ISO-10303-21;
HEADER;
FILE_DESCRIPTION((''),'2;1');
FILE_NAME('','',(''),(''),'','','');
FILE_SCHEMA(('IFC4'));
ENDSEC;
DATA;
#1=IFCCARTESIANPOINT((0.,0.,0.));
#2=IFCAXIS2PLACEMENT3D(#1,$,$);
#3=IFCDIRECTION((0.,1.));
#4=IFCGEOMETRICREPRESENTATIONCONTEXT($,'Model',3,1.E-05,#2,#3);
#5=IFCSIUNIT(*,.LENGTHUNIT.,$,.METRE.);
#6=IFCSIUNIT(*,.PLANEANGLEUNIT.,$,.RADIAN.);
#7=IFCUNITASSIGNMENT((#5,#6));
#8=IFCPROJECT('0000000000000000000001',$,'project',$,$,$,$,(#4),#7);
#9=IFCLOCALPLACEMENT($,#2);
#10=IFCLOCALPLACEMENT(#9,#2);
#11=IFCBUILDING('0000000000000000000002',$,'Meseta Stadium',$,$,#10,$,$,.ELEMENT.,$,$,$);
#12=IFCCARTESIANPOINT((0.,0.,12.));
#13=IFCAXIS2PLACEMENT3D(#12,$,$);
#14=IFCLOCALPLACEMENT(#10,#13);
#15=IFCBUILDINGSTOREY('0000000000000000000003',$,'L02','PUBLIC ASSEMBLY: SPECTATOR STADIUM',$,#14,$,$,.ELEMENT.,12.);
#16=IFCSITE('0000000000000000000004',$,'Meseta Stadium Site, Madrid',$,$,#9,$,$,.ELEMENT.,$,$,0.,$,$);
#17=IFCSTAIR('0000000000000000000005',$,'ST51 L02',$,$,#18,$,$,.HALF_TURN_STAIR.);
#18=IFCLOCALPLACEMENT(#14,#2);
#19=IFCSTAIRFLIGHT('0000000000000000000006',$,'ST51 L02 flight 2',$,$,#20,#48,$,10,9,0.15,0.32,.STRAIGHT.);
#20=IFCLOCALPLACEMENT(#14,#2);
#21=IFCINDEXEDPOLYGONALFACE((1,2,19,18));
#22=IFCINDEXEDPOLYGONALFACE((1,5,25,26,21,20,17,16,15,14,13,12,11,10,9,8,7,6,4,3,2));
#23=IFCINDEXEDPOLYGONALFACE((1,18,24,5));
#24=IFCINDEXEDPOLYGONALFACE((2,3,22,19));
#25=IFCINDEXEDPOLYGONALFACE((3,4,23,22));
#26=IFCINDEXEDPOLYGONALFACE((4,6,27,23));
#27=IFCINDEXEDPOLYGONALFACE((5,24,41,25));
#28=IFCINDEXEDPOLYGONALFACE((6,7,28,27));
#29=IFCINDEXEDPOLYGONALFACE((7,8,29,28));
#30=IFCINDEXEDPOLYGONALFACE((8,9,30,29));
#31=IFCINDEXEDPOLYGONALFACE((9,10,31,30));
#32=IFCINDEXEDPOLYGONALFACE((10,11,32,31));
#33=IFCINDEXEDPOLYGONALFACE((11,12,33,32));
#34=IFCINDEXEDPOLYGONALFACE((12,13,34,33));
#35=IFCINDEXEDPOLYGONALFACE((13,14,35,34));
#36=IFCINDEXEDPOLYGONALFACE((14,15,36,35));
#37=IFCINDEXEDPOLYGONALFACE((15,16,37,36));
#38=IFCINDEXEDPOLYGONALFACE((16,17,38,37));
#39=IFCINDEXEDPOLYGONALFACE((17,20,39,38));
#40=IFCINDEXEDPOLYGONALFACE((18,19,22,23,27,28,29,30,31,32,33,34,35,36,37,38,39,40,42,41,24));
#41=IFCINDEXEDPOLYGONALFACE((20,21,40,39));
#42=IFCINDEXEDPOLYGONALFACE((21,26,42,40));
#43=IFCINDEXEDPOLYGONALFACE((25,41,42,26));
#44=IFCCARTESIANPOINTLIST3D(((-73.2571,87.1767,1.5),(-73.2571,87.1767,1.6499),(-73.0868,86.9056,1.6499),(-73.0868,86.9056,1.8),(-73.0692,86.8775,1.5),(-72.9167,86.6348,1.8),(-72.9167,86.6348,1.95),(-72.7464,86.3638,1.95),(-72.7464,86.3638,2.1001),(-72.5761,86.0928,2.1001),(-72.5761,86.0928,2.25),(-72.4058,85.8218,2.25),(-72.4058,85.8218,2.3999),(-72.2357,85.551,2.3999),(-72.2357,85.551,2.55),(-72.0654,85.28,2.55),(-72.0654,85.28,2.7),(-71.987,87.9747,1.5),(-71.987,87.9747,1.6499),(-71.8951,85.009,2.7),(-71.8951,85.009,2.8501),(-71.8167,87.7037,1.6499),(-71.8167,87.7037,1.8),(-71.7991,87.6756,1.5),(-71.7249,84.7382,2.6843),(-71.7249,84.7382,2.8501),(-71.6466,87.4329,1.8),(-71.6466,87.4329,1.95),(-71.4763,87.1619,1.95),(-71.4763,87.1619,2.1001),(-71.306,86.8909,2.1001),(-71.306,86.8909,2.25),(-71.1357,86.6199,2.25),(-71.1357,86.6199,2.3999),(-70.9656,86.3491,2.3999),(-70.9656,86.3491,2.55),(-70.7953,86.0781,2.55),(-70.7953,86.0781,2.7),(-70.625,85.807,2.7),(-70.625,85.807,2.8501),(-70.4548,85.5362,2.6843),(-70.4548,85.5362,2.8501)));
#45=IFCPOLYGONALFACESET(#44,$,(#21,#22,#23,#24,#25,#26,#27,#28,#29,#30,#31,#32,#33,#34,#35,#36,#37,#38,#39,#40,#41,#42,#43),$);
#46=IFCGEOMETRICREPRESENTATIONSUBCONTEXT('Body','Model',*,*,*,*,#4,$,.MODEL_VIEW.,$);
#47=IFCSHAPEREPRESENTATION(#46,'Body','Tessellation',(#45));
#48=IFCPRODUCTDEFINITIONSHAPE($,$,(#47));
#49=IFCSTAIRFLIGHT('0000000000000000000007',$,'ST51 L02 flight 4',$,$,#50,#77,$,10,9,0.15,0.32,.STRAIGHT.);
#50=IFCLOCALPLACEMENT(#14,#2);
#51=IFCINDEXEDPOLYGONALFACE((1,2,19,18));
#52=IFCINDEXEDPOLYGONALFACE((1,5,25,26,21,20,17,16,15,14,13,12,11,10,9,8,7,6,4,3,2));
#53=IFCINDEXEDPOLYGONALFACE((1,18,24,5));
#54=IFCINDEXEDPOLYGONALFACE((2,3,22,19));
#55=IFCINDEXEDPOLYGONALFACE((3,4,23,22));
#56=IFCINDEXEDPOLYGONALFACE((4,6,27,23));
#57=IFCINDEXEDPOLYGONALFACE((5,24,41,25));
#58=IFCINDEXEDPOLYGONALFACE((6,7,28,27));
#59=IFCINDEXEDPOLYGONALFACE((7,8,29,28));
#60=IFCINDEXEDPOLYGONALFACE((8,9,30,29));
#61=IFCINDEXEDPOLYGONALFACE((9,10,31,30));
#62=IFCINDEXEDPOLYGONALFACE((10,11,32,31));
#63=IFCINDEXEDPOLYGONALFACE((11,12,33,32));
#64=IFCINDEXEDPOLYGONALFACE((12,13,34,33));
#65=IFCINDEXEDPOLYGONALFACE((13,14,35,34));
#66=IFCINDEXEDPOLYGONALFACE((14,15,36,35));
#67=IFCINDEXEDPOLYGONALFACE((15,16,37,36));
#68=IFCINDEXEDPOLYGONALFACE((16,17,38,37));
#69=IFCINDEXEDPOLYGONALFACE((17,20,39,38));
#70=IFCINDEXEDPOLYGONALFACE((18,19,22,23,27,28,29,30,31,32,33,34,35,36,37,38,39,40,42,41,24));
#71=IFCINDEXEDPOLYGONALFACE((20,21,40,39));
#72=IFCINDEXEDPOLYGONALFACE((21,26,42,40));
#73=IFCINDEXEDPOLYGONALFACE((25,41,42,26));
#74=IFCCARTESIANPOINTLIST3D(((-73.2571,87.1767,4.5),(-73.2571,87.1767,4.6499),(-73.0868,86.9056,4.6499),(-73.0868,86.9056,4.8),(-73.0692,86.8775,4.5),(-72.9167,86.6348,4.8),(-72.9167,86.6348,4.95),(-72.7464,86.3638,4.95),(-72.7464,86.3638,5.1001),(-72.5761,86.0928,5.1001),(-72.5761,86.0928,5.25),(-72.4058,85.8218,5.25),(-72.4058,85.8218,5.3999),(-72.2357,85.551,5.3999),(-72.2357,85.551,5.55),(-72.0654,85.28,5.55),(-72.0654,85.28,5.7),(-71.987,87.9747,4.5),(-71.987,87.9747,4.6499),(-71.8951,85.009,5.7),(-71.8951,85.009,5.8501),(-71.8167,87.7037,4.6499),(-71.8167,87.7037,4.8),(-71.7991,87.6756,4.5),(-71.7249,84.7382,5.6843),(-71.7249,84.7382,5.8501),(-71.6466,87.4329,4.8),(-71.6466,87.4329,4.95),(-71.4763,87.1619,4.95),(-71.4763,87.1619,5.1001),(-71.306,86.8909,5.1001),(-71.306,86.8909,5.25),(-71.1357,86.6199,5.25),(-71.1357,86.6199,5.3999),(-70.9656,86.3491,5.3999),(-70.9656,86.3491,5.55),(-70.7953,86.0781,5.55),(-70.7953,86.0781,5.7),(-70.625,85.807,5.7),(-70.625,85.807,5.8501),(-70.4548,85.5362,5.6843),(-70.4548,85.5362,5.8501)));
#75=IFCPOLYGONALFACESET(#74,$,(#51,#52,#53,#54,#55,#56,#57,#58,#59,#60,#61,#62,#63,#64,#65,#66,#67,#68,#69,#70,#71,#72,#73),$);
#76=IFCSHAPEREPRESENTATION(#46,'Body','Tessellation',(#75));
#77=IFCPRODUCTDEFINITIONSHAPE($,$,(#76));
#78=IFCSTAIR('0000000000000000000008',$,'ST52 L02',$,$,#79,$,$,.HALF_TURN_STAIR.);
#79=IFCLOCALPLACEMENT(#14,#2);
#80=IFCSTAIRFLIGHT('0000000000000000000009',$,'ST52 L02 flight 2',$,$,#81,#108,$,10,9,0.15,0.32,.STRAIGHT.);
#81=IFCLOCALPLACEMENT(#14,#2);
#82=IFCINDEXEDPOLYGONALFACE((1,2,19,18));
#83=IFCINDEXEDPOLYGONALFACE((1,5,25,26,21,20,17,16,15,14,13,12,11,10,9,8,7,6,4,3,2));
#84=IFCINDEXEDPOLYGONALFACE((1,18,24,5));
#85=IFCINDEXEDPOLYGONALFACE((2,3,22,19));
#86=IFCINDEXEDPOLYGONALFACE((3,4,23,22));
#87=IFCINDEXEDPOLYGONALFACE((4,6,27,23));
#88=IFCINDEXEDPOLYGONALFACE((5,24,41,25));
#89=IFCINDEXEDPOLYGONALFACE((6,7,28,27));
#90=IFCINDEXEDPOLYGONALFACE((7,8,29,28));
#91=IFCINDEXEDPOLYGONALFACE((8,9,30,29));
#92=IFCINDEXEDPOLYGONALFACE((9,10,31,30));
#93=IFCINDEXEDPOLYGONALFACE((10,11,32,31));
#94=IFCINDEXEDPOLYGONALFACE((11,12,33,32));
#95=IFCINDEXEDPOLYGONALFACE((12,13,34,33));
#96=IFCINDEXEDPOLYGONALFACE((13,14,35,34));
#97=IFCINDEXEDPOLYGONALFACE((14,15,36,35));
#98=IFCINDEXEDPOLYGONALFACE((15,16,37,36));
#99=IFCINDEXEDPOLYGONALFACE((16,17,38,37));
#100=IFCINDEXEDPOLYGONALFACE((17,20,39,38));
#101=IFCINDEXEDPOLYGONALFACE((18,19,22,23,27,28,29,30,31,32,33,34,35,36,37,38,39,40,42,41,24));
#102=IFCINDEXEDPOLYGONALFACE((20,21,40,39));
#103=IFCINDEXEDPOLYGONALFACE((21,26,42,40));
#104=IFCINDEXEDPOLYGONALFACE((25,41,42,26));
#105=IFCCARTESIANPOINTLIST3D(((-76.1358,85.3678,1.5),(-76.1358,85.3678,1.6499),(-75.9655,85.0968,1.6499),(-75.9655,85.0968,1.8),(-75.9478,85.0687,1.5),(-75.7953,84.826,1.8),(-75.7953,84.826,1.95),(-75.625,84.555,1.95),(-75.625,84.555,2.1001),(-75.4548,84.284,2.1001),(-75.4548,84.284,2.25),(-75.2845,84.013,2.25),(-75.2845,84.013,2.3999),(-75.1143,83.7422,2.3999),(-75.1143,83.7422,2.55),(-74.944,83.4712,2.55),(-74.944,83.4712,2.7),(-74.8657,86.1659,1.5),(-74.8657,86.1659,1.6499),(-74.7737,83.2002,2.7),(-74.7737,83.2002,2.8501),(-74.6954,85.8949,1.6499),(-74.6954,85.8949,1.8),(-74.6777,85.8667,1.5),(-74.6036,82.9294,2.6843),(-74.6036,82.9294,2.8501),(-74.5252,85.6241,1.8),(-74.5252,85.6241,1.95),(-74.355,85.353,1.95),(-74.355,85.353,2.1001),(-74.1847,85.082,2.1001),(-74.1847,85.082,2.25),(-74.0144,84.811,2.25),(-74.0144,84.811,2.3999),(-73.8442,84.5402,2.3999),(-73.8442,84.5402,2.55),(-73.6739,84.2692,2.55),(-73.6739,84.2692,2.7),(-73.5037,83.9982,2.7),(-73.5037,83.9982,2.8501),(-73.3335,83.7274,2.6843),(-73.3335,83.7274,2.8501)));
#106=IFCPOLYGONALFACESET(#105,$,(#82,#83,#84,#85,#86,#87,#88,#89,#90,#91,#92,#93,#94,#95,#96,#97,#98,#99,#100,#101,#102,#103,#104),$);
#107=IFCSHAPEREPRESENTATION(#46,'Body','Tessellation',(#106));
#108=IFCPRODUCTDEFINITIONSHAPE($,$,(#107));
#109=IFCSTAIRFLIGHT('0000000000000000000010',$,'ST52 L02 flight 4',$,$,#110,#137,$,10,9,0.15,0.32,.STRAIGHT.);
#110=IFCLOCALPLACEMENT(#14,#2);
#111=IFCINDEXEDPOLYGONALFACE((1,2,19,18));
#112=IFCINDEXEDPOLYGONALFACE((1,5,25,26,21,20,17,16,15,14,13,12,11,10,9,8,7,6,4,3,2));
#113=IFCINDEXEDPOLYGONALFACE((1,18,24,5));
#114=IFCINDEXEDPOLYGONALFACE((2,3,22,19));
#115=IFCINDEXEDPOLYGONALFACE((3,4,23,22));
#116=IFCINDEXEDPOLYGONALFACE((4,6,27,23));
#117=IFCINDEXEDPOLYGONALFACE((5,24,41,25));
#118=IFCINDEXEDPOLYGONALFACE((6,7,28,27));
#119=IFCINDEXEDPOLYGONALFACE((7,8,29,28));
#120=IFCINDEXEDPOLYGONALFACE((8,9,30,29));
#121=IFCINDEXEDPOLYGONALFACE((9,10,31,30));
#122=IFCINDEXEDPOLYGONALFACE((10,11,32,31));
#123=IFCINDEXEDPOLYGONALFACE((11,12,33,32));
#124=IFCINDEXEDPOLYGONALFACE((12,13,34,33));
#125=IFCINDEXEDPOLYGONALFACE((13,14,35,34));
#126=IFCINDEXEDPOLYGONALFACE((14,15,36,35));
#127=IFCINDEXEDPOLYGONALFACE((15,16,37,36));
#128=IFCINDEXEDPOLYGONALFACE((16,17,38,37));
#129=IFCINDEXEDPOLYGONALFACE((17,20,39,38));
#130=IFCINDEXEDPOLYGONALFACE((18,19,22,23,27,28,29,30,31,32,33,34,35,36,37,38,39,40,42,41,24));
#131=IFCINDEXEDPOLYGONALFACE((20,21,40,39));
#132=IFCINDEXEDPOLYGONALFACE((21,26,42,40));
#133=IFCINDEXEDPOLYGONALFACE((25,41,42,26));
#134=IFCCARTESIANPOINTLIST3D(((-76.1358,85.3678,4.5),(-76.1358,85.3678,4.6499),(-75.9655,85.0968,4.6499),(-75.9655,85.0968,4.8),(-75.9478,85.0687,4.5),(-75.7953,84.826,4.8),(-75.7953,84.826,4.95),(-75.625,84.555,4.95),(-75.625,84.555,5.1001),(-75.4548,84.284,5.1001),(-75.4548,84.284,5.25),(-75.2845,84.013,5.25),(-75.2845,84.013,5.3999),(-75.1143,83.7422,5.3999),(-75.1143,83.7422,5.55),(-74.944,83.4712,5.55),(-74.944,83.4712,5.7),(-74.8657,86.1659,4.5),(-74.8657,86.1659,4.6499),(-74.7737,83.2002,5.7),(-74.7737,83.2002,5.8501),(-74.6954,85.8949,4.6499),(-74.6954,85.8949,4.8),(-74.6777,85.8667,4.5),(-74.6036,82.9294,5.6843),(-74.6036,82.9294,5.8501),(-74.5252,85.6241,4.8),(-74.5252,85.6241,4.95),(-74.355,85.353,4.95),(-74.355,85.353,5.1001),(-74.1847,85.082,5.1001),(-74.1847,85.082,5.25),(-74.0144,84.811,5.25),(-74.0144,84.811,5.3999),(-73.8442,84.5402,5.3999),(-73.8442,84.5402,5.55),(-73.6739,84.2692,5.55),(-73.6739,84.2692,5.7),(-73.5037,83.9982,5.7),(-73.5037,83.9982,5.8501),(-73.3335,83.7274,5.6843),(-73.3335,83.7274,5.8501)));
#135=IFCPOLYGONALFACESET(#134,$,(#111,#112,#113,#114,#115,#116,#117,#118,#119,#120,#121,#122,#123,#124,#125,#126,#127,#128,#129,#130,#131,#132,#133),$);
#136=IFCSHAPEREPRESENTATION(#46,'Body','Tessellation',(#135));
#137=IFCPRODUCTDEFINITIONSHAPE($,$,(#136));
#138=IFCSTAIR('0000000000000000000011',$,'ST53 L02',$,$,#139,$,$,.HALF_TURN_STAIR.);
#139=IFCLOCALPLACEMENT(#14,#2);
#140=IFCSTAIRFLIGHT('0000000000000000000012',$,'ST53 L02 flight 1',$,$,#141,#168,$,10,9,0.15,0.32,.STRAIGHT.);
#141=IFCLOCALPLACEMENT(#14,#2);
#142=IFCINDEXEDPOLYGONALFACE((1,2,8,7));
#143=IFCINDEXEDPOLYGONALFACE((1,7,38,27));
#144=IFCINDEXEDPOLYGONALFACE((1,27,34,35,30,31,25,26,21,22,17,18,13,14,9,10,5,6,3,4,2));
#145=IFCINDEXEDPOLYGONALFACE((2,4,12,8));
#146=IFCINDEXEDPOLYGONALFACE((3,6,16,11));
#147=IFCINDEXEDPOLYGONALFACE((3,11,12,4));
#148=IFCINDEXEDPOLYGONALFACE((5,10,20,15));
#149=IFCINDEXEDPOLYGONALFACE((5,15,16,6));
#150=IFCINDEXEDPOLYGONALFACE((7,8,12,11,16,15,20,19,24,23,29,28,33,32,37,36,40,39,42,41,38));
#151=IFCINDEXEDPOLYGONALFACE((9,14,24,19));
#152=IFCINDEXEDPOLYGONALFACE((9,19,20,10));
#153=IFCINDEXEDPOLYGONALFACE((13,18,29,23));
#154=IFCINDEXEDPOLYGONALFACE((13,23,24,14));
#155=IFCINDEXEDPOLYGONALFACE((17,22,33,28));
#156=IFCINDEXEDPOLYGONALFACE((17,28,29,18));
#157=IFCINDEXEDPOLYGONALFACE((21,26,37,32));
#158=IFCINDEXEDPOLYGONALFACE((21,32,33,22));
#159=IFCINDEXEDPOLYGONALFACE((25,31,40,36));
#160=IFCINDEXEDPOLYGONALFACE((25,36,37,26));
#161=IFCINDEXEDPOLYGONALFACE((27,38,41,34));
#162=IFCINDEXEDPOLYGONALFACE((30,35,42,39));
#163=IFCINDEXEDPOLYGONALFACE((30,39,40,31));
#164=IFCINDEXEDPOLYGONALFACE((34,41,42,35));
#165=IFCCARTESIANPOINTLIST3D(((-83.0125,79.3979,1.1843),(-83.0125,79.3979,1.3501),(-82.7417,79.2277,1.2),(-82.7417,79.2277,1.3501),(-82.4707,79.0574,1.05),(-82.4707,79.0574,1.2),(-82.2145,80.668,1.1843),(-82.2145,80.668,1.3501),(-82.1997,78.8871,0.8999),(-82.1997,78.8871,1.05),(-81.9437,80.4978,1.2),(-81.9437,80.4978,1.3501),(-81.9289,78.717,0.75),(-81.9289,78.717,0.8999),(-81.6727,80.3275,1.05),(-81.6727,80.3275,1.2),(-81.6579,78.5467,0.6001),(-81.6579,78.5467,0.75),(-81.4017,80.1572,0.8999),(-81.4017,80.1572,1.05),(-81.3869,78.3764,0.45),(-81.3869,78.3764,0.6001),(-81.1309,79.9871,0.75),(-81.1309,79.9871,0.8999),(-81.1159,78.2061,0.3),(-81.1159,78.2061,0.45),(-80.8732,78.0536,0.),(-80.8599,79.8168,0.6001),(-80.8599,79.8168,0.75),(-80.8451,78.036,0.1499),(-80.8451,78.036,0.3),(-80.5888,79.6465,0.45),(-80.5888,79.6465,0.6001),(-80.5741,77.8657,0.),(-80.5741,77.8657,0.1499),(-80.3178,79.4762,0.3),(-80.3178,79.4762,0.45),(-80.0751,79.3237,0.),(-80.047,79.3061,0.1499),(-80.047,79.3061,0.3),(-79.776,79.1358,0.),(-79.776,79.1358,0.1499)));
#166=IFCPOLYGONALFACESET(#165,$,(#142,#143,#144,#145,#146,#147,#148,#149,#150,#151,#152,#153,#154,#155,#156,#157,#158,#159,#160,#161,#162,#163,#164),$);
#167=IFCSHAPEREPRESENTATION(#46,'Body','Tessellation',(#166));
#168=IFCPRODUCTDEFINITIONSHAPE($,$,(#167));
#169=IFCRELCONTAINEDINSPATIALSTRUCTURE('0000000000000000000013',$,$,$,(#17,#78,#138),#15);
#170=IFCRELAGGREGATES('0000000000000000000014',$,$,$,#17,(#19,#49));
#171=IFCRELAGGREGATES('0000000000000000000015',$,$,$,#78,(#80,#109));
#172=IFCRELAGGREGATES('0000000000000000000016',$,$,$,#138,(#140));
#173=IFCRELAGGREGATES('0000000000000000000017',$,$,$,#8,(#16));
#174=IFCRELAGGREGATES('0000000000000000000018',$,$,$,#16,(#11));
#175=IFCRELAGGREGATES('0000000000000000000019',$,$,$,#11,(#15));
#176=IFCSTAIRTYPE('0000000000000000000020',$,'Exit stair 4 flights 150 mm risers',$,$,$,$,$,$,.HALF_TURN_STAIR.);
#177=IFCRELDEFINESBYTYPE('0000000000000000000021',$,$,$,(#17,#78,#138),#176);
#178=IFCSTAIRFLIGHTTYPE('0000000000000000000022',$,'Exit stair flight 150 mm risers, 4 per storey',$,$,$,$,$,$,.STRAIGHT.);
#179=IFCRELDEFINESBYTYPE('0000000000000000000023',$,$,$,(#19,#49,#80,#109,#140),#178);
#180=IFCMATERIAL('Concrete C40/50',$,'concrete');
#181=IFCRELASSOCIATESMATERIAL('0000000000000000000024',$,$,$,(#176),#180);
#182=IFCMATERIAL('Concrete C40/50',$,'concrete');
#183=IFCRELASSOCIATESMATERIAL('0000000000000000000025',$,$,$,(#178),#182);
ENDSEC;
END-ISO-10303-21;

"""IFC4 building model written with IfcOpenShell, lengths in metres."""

from ifc_helpers import new_model, si_unit, direction, frame, origin, place, context, subcontext, project, spatial, polyline, outline, extrude, material, type_object, element, aggregate, save


model = new_model("IFC4")

# Units and contexts
model_context = context("Model", 3, precision=1e-05, world=origin(), true_north=direction((0.0, 1.0)))
body_context = subcontext(model_context, "Body", "Model", "MODEL_VIEW")
ifc_project = project(units=[si_unit("LENGTHUNIT", "METRE"), si_unit("PLANEANGLEUNIT", "RADIAN")], contexts=[model_context])

# Site, building, storey
site_placement = place(None, origin())
site = spatial("IfcSite", under=ifc_project, at=site_placement, Name="Meseta Stadium Site, Madrid", CompositionType="ELEMENT", RefElevation=0.0)
building_placement = place(site_placement, origin())
building = spatial("IfcBuilding", under=site, at=building_placement, Name="Meseta Stadium", CompositionType="ELEMENT")
storey_placement = place(building_placement, frame((0.0, 0.0, 12.0)))
storey = spatial("IfcBuildingStorey", under=building, at=storey_placement, Name="L02", Description="PUBLIC ASSEMBLY: SPECTATOR STADIUM", CompositionType="ELEMENT", Elevation=12.0)

# Stairs, stair flights
ifc_material_1 = material(Name="Concrete C40/50", Category="concrete")
stair_type = type_object("IfcStairType", Name="Exit stair 4 flights 150 mm risers", PredefinedType="HALF_TURN_STAIR", material=ifc_material_1)
stair_1_placement = place(storey_placement, origin())
stair_1 = element("IfcStair", 1, at=stair_1_placement, inside=storey, type_object=stair_type, Name="ST51 L02", PredefinedType="HALF_TURN_STAIR")
ifc_material_2 = material(Name="Concrete C40/50", Category="concrete")
stair_flight_type = type_object("IfcStairFlightType", Name="Exit stair flight 150 mm risers, 4 per storey", PredefinedType="STRAIGHT", material=ifc_material_2)
stair_flight_1_placement = place(storey_placement, frame((-72.6221, 87.5757, 1.5), z_axis=(0.0, 0.0, 1.0), x_axis=(0.532032, -0.846724, 0.0)))
stair_flight_1 = element("IfcStairFlight", 2, at=stair_flight_1_placement, type_object=stair_flight_type, Name="ST51 L02 flight 2", NumberOfRisers=10, NumberOfTreads=9, PredefinedType="STRAIGHT", RiserHeight=0.15, TreadLength=0.32, context=body_context, shape_type="SweptSolid", body=[
    extrude(outline(polyline([(0.0, 0.0), (0.0, 0.1499), (0.3201, 0.1499), (0.3201, 0.3), (0.6399, 0.3), (0.6399, 0.45), (0.96, 0.45), (0.96, 0.6001), (1.28, 0.6001), (1.28, 0.75), (1.6001, 0.75), (1.6001, 0.8999), (1.9199, 0.8999), (1.9199, 1.05), (2.24, 1.05), (2.24, 1.2), (2.5601, 1.2), (2.5601, 1.3501), (2.8799, 1.3501), (2.8799, 1.1843), (0.3533, 0.0), (0.0, 0.0)])), frame((0.0, 0.75, 0.0), z_axis=(0.0, -1.0, 0.0), x_axis=(1.0, 0.0, 0.0)), (0.0, 0.0, 1.0), 1.5),
])
stair_flight_2_placement = place(storey_placement, frame((-72.6221, 87.5757, 4.5), z_axis=(0.0, 0.0, 1.0), x_axis=(0.532032, -0.846724, 0.0)))
stair_flight_2 = element("IfcStairFlight", 3, at=stair_flight_2_placement, type_object=stair_flight_type, Name="ST51 L02 flight 4", NumberOfRisers=10, NumberOfTreads=9, PredefinedType="STRAIGHT", RiserHeight=0.15, TreadLength=0.32, context=body_context, shape_type="SweptSolid", body=[
    extrude(outline(polyline([(0.0, 0.0), (0.0, 0.1499), (0.3201, 0.1499), (0.3201, 0.3), (0.6399, 0.3), (0.6399, 0.45), (0.96, 0.45), (0.96, 0.6001), (1.28, 0.6001), (1.28, 0.75), (1.6001, 0.75), (1.6001, 0.8999), (1.9199, 0.8999), (1.9199, 1.05), (2.24, 1.05), (2.24, 1.2), (2.5601, 1.2), (2.5601, 1.3501), (2.8799, 1.3501), (2.8799, 1.1843), (0.3533, 0.0), (0.0, 0.0)])), frame((0.0, 0.75, 0.0), z_axis=(0.0, -1.0, 0.0), x_axis=(1.0, 0.0, 0.0)), (0.0, 0.0, 1.0), 1.5),
])
aggregate(stair_1, [stair_flight_1, stair_flight_2])
stair_2_placement = place(storey_placement, origin())
stair_2 = element("IfcStair", 4, at=stair_2_placement, inside=storey, type_object=stair_type, Name="ST52 L02", PredefinedType="HALF_TURN_STAIR")
stair_flight_3_placement = place(storey_placement, frame((-75.5007, 85.7668, 1.5), z_axis=(0.0, 0.0, 1.0), x_axis=(0.532032, -0.846724, 0.0)))
stair_flight_3 = element("IfcStairFlight", 5, at=stair_flight_3_placement, type_object=stair_flight_type, Name="ST52 L02 flight 2", NumberOfRisers=10, NumberOfTreads=9, PredefinedType="STRAIGHT", RiserHeight=0.15, TreadLength=0.32, context=body_context, shape_type="SweptSolid", body=[
    extrude(outline(polyline([(0.0, 0.0), (0.0, 0.1499), (0.3201, 0.1499), (0.3201, 0.3), (0.6399, 0.3), (0.6399, 0.45), (0.96, 0.45), (0.96, 0.6001), (1.28, 0.6001), (1.28, 0.75), (1.6001, 0.75), (1.6001, 0.8999), (1.9199, 0.8999), (1.9199, 1.05), (2.24, 1.05), (2.24, 1.2), (2.5601, 1.2), (2.5601, 1.3501), (2.8799, 1.3501), (2.8799, 1.1843), (0.3533, 0.0), (0.0, 0.0)])), frame((0.0, 0.75, 0.0), z_axis=(0.0, -1.0, 0.0), x_axis=(1.0, 0.0, 0.0)), (0.0, 0.0, 1.0), 1.5),
])
stair_flight_4_placement = place(storey_placement, frame((-75.5007, 85.7668, 4.5), z_axis=(0.0, 0.0, 1.0), x_axis=(0.532032, -0.846724, 0.0)))
stair_flight_4 = element("IfcStairFlight", 6, at=stair_flight_4_placement, type_object=stair_flight_type, Name="ST52 L02 flight 4", NumberOfRisers=10, NumberOfTreads=9, PredefinedType="STRAIGHT", RiserHeight=0.15, TreadLength=0.32, context=body_context, shape_type="SweptSolid", body=[
    extrude(outline(polyline([(0.0, 0.0), (0.0, 0.1499), (0.3201, 0.1499), (0.3201, 0.3), (0.6399, 0.3), (0.6399, 0.45), (0.96, 0.45), (0.96, 0.6001), (1.28, 0.6001), (1.28, 0.75), (1.6001, 0.75), (1.6001, 0.8999), (1.9199, 0.8999), (1.9199, 1.05), (2.24, 1.05), (2.24, 1.2), (2.5601, 1.2), (2.5601, 1.3501), (2.8799, 1.3501), (2.8799, 1.1843), (0.3533, 0.0), (0.0, 0.0)])), frame((0.0, 0.75, 0.0), z_axis=(0.0, -1.0, 0.0), x_axis=(1.0, 0.0, 0.0)), (0.0, 0.0, 1.0), 1.5),
])
aggregate(stair_2, [stair_flight_3, stair_flight_4])
stair_3_placement = place(storey_placement, origin())
stair_3 = element("IfcStair", 7, at=stair_3_placement, inside=storey, type_object=stair_type, Name="ST53 L02", PredefinedType="HALF_TURN_STAIR")
stair_flight_5_placement = place(storey_placement, frame((-80.175, 78.5007, 0.0), z_axis=(0.0, 0.0, 1.0), x_axis=(-0.846724, 0.532032, 0.0)))
stair_flight_5 = element("IfcStairFlight", 8, at=stair_flight_5_placement, type_object=stair_flight_type, Name="ST53 L02 flight 1", NumberOfRisers=10, NumberOfTreads=9, PredefinedType="STRAIGHT", RiserHeight=0.15, TreadLength=0.32, context=body_context, shape_type="SweptSolid", body=[
    extrude(outline(polyline([(0.0, 0.0), (0.0, 0.1499), (0.3201, 0.1499), (0.3201, 0.3), (0.6399, 0.3), (0.6399, 0.45), (0.96, 0.45), (0.96, 0.6001), (1.28, 0.6001), (1.28, 0.75), (1.6001, 0.75), (1.6001, 0.8999), (1.9199, 0.8999), (1.9199, 1.05), (2.24, 1.05), (2.24, 1.2), (2.5601, 1.2), (2.5601, 1.3501), (2.8799, 1.3501), (2.8799, 1.1843), (0.3533, 0.0), (0.0, 0.0)])), frame((0.0, 0.75, 0.0), z_axis=(0.0, -1.0, 0.0), x_axis=(1.0, 0.0, 0.0)), (0.0, 0.0, 1.0), 1.5),
])
aggregate(stair_3, [stair_flight_5])

save(model, "model.ifc")
